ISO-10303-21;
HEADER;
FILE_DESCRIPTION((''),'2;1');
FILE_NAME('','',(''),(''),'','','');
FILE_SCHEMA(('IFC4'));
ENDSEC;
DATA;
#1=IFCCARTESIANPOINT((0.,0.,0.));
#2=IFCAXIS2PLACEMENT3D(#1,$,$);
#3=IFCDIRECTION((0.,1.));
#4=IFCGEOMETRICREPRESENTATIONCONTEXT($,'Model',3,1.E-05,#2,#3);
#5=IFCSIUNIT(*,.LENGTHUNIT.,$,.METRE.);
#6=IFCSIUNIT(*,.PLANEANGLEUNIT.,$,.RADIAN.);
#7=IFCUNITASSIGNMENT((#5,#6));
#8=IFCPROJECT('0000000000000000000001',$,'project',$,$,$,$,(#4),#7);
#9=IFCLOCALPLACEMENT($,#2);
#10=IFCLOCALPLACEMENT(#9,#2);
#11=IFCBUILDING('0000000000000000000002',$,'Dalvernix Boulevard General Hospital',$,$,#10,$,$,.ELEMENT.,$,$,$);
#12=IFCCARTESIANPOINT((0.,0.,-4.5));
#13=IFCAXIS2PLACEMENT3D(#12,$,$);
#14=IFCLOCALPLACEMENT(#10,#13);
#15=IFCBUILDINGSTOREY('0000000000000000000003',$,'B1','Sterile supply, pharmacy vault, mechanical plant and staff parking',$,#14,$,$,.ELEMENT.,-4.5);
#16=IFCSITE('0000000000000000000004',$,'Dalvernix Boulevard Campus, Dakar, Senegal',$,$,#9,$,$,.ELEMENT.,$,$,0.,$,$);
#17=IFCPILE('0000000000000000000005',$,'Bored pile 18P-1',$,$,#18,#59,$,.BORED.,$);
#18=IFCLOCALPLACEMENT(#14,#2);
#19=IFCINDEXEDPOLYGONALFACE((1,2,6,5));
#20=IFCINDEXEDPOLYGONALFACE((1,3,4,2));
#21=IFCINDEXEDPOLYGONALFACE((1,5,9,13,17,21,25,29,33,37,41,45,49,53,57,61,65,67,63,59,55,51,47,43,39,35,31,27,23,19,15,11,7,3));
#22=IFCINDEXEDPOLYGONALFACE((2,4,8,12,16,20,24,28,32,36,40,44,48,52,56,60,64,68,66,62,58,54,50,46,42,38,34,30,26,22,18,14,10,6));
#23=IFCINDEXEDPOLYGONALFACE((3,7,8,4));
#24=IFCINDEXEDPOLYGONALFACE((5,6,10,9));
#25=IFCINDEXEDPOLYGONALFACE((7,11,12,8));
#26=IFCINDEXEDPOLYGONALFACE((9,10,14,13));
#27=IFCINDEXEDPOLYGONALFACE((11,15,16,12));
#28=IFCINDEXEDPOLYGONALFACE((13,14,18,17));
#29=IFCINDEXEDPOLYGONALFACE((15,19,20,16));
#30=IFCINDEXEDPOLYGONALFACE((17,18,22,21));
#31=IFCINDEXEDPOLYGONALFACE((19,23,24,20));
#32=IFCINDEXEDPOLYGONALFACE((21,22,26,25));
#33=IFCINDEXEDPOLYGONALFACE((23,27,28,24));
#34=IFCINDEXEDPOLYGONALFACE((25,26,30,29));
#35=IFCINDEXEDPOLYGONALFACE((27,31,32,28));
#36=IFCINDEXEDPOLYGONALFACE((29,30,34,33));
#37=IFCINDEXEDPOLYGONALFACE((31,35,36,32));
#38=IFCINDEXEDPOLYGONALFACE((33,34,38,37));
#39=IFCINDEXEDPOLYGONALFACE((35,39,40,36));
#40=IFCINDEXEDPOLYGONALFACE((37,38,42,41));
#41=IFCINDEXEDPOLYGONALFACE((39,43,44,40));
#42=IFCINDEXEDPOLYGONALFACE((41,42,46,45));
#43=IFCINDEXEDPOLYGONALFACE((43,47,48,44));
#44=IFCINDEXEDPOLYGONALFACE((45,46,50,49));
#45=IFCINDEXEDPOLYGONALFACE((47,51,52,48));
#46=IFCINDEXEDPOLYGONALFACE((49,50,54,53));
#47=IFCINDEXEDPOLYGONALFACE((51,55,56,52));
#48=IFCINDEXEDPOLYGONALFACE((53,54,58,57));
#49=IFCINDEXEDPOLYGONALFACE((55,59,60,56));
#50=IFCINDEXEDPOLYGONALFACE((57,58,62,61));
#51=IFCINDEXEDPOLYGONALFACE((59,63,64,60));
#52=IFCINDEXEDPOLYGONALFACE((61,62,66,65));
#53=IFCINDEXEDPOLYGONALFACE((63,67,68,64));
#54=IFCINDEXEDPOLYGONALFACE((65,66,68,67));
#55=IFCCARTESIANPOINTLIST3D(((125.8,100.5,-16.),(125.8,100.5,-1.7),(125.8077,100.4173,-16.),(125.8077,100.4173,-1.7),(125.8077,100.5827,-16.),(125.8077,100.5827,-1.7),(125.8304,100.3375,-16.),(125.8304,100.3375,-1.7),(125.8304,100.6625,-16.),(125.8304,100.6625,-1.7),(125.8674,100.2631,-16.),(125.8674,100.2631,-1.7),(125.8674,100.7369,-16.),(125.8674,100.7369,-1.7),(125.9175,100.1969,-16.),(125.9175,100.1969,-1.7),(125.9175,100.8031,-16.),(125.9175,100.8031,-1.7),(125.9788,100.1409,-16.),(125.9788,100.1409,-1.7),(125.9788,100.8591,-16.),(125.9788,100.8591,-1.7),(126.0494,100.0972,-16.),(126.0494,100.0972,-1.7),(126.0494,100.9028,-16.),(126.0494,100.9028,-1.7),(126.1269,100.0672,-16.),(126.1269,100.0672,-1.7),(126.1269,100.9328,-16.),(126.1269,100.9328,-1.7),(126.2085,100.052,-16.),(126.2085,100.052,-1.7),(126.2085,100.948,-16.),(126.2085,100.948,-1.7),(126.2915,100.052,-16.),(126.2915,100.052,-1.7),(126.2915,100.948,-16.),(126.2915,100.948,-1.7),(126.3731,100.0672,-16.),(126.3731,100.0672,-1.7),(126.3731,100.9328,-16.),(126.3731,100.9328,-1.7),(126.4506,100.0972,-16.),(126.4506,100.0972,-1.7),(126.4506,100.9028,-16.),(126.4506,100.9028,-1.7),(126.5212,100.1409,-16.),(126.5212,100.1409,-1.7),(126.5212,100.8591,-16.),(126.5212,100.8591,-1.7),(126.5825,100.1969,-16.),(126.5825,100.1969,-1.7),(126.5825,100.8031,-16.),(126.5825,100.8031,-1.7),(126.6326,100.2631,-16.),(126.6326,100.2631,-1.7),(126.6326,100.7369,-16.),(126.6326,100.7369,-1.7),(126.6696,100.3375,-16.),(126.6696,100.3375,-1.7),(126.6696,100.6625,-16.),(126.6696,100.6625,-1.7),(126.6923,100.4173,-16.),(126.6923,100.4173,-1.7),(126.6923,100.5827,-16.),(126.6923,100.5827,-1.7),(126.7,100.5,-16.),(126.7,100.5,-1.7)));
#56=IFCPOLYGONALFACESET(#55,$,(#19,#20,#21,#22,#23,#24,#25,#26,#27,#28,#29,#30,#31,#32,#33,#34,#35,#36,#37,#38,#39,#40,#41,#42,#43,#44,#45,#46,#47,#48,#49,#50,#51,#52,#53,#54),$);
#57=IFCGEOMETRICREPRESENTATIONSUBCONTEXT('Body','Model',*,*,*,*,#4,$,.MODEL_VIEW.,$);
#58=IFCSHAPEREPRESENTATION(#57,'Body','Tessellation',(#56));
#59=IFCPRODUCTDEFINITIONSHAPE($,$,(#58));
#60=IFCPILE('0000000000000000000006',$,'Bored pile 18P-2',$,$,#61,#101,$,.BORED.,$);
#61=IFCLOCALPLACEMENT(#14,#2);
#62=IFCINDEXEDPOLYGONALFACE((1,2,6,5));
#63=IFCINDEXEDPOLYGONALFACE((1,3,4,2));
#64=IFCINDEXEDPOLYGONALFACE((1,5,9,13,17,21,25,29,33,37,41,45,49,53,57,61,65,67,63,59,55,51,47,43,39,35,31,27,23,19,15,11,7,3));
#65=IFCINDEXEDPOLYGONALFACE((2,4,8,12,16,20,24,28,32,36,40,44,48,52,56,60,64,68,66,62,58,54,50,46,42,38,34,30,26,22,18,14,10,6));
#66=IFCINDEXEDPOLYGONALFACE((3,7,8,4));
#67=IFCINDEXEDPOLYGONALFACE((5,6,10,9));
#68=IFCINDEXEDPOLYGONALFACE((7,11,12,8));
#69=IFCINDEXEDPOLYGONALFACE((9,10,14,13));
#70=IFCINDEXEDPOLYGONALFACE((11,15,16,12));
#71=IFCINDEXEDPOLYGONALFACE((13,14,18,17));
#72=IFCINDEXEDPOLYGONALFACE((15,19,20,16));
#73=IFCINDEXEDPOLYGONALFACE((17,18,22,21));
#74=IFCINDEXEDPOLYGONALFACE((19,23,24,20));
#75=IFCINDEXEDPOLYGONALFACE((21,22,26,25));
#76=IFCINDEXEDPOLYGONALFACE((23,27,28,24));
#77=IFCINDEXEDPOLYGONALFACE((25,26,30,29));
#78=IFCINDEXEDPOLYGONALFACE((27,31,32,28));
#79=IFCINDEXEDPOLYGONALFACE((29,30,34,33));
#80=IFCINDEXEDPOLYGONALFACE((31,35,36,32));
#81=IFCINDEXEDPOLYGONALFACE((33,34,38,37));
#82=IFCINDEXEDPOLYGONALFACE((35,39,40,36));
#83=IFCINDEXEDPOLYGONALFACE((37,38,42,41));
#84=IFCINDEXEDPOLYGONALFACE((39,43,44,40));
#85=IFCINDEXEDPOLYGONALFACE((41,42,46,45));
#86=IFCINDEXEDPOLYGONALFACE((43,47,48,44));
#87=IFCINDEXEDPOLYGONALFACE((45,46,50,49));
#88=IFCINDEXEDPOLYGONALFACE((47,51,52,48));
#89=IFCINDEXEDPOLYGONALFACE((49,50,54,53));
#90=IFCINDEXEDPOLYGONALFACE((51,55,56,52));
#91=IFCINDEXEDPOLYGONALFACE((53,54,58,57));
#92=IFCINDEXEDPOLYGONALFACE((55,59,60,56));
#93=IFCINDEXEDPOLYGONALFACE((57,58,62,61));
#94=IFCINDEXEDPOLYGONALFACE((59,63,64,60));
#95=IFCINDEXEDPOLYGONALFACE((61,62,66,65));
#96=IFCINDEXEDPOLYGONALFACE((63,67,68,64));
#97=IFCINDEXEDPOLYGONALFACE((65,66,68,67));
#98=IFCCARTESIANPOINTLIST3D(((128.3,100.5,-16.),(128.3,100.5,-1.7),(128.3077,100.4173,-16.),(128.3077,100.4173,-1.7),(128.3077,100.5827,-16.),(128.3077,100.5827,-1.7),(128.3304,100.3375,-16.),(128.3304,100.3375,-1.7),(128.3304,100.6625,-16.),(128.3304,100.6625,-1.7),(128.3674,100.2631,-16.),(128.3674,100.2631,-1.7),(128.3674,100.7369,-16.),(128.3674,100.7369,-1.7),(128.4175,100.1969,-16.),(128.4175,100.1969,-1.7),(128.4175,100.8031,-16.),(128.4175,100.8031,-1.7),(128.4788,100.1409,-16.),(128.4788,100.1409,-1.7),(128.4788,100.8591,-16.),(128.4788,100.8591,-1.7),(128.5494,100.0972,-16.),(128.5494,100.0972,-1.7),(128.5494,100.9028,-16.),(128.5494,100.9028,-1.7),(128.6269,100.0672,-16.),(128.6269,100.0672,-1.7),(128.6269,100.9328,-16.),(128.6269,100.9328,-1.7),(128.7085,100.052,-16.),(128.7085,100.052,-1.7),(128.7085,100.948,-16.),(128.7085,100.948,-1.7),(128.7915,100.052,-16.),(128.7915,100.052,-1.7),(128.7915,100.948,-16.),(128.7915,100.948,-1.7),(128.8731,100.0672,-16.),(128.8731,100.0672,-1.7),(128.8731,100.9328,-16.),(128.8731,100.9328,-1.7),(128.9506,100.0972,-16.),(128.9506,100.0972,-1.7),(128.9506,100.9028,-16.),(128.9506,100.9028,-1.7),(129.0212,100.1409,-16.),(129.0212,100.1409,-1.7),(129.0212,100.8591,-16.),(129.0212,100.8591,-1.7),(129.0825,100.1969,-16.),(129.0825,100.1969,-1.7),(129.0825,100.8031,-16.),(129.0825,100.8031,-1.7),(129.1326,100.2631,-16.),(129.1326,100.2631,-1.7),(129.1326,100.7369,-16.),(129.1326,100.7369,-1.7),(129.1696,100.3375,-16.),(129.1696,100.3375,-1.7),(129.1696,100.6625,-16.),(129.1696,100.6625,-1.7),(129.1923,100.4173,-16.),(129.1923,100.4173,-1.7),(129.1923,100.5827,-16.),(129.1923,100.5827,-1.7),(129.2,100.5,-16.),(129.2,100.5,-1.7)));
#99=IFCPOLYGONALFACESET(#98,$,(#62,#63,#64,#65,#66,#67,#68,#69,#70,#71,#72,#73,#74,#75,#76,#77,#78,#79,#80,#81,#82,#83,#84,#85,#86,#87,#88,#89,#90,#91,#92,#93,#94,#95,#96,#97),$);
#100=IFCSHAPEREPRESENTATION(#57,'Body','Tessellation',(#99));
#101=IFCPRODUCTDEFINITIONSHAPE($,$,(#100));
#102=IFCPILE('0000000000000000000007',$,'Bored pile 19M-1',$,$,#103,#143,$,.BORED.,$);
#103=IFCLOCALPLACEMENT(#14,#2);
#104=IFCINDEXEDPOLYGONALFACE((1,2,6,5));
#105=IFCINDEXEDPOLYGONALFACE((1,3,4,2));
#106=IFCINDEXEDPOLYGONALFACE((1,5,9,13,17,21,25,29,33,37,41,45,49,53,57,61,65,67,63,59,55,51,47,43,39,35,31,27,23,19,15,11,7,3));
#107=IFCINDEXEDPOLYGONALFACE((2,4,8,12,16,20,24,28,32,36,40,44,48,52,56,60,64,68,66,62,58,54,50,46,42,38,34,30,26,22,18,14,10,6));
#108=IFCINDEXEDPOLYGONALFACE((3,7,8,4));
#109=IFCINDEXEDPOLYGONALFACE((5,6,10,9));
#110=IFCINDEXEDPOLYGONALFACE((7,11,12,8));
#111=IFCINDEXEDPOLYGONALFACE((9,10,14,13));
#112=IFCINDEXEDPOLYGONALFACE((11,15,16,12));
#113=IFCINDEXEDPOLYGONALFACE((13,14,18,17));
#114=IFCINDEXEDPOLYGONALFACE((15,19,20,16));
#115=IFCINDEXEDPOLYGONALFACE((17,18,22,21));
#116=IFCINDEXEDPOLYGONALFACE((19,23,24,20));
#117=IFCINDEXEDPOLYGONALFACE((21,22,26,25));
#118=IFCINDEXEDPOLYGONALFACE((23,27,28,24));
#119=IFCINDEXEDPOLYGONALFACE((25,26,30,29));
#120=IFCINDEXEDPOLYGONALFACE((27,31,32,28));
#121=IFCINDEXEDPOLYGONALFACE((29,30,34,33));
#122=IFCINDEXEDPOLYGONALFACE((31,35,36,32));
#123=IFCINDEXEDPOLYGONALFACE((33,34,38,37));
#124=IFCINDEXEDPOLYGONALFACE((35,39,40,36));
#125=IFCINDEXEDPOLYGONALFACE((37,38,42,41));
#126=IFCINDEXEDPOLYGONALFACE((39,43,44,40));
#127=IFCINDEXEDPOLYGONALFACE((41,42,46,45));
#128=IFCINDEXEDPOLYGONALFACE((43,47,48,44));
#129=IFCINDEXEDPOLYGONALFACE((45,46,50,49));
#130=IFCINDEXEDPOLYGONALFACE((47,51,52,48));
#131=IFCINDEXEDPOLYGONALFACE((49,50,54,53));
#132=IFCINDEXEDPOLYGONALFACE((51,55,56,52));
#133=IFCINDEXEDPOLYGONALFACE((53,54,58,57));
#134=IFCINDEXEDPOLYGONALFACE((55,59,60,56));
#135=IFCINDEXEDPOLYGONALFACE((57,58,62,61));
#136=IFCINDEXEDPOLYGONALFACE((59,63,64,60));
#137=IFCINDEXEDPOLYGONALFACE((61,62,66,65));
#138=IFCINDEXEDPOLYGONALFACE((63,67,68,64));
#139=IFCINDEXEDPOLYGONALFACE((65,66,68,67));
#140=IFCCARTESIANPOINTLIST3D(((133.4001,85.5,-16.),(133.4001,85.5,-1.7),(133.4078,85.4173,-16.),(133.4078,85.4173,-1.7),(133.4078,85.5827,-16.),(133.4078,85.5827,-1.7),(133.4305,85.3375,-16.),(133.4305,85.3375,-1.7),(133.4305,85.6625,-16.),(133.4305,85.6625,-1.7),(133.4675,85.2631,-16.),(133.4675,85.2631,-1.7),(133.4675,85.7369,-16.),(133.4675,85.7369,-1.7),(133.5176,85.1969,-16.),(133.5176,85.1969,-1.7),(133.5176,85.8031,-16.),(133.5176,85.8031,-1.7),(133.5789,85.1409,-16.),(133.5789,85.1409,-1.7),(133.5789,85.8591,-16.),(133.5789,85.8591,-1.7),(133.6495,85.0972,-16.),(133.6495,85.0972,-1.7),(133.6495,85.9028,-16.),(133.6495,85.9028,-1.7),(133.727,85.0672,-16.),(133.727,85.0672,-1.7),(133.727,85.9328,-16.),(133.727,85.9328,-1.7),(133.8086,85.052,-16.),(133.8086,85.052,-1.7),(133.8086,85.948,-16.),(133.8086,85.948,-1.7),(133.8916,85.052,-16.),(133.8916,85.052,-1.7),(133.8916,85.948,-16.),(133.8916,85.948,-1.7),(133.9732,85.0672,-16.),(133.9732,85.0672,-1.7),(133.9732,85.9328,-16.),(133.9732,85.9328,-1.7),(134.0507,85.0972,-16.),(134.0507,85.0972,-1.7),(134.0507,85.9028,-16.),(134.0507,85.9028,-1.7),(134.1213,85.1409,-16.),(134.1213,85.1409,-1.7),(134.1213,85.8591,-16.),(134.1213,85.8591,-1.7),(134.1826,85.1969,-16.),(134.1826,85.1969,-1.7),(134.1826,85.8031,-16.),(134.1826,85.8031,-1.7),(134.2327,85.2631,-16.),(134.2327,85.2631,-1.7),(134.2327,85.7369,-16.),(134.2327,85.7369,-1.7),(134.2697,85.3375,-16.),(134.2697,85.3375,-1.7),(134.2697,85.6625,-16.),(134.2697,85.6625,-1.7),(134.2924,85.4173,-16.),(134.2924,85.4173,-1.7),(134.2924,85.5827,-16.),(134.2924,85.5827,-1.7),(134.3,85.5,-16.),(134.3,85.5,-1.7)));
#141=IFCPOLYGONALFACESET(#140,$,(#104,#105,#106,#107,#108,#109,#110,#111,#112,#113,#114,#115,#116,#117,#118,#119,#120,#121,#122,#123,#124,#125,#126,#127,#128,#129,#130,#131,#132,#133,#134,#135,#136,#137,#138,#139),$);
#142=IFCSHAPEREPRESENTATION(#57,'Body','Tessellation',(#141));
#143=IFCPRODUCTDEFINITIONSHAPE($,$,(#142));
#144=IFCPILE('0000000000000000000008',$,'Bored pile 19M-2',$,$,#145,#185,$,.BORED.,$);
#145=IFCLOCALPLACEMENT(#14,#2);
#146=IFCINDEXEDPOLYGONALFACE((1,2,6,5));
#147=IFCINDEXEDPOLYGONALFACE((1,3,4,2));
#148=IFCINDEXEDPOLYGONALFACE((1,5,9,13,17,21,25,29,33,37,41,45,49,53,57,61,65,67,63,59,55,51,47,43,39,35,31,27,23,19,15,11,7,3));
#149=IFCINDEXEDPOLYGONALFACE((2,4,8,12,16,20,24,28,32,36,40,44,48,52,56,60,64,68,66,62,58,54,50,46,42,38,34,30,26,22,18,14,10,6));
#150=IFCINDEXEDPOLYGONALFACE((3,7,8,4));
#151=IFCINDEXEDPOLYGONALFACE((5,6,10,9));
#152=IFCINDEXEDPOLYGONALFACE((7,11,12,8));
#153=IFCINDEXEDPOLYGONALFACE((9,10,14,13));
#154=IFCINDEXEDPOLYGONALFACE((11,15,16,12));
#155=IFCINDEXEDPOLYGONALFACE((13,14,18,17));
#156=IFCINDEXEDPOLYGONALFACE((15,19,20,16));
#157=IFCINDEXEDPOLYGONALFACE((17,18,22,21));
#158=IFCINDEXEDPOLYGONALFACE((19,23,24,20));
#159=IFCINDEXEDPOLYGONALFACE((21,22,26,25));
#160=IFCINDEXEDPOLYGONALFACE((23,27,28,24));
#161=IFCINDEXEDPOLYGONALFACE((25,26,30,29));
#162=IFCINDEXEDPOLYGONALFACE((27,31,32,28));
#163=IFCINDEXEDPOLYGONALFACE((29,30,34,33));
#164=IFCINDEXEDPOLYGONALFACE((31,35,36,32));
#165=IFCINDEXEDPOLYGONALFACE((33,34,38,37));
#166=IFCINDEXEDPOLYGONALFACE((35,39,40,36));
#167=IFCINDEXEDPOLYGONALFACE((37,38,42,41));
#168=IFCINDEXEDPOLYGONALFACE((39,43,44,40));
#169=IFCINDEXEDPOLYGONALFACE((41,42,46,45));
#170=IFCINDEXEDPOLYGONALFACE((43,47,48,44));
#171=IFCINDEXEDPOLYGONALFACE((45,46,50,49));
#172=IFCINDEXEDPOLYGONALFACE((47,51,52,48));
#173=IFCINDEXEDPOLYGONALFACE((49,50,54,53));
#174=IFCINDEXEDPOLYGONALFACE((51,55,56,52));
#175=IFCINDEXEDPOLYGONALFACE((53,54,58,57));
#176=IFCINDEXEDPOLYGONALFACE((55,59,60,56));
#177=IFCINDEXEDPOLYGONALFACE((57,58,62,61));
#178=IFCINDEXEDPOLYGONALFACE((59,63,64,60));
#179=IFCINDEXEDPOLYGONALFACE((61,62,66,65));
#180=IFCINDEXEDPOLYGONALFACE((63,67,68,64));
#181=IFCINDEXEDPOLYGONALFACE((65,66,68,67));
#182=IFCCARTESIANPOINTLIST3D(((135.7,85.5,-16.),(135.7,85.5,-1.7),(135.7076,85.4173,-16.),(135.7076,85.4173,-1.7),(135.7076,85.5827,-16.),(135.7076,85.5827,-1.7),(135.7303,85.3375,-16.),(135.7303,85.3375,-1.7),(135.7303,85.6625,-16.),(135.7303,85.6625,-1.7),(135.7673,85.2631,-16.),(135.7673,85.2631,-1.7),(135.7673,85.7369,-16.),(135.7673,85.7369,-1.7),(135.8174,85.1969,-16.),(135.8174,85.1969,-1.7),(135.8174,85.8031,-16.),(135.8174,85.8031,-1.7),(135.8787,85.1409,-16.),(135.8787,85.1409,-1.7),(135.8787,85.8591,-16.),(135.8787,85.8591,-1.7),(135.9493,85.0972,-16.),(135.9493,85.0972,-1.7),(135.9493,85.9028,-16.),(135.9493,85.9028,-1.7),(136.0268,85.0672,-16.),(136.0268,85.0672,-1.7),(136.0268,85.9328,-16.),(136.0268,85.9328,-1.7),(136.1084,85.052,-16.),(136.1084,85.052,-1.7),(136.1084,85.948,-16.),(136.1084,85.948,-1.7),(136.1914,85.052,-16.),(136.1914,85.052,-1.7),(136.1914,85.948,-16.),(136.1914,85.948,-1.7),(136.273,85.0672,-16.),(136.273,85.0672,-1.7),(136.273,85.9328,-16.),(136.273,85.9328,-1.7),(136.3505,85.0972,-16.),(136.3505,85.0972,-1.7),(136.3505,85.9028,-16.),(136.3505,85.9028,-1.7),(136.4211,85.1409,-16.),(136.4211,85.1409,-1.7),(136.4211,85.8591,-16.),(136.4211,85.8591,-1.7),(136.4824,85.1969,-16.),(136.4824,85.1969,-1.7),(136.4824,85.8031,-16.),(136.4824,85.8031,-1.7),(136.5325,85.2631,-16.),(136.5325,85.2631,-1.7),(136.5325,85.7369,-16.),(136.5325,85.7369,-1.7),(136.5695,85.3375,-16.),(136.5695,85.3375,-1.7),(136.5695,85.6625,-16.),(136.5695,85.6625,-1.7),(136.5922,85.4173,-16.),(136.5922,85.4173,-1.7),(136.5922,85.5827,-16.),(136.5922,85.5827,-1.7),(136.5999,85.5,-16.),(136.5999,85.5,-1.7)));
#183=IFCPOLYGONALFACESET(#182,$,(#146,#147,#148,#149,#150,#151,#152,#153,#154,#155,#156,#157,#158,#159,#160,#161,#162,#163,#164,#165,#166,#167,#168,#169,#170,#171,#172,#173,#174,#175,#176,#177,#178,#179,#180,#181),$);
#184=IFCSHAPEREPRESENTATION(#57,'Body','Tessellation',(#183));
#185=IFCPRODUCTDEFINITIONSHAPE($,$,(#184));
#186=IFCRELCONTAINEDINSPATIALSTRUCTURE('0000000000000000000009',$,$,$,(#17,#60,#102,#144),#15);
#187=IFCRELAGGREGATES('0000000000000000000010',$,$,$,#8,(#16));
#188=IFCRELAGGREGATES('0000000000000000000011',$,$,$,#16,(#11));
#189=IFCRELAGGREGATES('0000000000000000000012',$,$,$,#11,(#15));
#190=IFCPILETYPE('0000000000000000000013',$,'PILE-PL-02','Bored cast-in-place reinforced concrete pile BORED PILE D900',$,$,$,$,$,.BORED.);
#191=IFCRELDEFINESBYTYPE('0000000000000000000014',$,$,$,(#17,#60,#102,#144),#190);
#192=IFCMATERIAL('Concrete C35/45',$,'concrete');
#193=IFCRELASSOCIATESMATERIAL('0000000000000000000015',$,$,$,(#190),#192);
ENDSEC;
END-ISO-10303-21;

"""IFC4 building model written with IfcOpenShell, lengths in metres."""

from ifc_helpers import new_model, si_unit, direction, frame, origin, origin_2d, place, context, subcontext, project, spatial, circle, extrude, material, material_profile, profile_set, type_object, element, save


model = new_model("IFC4")

# Units and contexts
model_context = context("Model", 3, precision=1e-05, world=origin(), true_north=direction((0.0, 1.0)))
body_context = subcontext(model_context, "Body", "Model", "MODEL_VIEW")
ifc_project = project(units=[si_unit("LENGTHUNIT", "METRE"), si_unit("PLANEANGLEUNIT", "RADIAN")], contexts=[model_context])

# Site, building, storey
site_placement = place(None, origin())
site = spatial("IfcSite", under=ifc_project, at=site_placement, Name="Dalvernix Boulevard Campus, Dakar, Senegal", CompositionType="ELEMENT", RefElevation=0.0)
building_placement = place(site_placement, origin())
building = spatial("IfcBuilding", under=site, at=building_placement, Name="Dalvernix Boulevard General Hospital", CompositionType="ELEMENT")
storey_placement = place(building_placement, frame((0.0, 0.0, -4.5)))
storey = spatial("IfcBuildingStorey", under=building, at=storey_placement, Name="B1", Description="Sterile supply, pharmacy vault, mechanical plant and staff parking", CompositionType="ELEMENT", Elevation=-4.5)

# Shared definitions
ifc_material_1 = material(Name="Concrete C35/45", Category="concrete")

# Piles
ifc_material_profile_1 = material_profile(ifc_material_1, circle(Radius=0.45, at=origin_2d()), Name="BORED PILE D900")
ifc_profile_set_1 = profile_set([ifc_material_profile_1], Name="Concrete C35/45")
pile_type = type_object("IfcPileType", Name="PILE-PL-02", Description="Bored cast-in-place reinforced concrete pile BORED PILE D900", PredefinedType="BORED", material=ifc_profile_set_1)
for number, where, z_axis, x_axis, name in (
    (1, (126.25, 100.5, -1.7), (0.0, 0.0, -1.0), (1.0, 0.0, 0.0), "Bored pile 18P-1"),
    (2, (128.75, 100.5, -1.7), (0.0, 0.0, -1.0), (1.0, 0.0, 0.0), "Bored pile 18P-2"),
    (3, (133.8501, 85.5, -1.7), (0.0, 0.0, -1.0), (1.0, 0.0, 0.0), "Bored pile 19M-1"),
    (4, (136.1499, 85.5, -1.7), (0.0, 0.0, -1.0), (1.0, 0.0, 0.0), "Bored pile 19M-2"),
):
    element("IfcPile", number, at=place(storey_placement, frame(where, z_axis=z_axis, x_axis=x_axis)), inside=storey, type_object=pile_type, Name=name, PredefinedType="BORED", context=body_context, shape_type="SweptSolid", body=[
        extrude(circle(Radius=0.45, at=origin_2d()), origin(), (0.0, 0.0, 1.0), 14.3),
    ])

save(model, "model.ifc")
